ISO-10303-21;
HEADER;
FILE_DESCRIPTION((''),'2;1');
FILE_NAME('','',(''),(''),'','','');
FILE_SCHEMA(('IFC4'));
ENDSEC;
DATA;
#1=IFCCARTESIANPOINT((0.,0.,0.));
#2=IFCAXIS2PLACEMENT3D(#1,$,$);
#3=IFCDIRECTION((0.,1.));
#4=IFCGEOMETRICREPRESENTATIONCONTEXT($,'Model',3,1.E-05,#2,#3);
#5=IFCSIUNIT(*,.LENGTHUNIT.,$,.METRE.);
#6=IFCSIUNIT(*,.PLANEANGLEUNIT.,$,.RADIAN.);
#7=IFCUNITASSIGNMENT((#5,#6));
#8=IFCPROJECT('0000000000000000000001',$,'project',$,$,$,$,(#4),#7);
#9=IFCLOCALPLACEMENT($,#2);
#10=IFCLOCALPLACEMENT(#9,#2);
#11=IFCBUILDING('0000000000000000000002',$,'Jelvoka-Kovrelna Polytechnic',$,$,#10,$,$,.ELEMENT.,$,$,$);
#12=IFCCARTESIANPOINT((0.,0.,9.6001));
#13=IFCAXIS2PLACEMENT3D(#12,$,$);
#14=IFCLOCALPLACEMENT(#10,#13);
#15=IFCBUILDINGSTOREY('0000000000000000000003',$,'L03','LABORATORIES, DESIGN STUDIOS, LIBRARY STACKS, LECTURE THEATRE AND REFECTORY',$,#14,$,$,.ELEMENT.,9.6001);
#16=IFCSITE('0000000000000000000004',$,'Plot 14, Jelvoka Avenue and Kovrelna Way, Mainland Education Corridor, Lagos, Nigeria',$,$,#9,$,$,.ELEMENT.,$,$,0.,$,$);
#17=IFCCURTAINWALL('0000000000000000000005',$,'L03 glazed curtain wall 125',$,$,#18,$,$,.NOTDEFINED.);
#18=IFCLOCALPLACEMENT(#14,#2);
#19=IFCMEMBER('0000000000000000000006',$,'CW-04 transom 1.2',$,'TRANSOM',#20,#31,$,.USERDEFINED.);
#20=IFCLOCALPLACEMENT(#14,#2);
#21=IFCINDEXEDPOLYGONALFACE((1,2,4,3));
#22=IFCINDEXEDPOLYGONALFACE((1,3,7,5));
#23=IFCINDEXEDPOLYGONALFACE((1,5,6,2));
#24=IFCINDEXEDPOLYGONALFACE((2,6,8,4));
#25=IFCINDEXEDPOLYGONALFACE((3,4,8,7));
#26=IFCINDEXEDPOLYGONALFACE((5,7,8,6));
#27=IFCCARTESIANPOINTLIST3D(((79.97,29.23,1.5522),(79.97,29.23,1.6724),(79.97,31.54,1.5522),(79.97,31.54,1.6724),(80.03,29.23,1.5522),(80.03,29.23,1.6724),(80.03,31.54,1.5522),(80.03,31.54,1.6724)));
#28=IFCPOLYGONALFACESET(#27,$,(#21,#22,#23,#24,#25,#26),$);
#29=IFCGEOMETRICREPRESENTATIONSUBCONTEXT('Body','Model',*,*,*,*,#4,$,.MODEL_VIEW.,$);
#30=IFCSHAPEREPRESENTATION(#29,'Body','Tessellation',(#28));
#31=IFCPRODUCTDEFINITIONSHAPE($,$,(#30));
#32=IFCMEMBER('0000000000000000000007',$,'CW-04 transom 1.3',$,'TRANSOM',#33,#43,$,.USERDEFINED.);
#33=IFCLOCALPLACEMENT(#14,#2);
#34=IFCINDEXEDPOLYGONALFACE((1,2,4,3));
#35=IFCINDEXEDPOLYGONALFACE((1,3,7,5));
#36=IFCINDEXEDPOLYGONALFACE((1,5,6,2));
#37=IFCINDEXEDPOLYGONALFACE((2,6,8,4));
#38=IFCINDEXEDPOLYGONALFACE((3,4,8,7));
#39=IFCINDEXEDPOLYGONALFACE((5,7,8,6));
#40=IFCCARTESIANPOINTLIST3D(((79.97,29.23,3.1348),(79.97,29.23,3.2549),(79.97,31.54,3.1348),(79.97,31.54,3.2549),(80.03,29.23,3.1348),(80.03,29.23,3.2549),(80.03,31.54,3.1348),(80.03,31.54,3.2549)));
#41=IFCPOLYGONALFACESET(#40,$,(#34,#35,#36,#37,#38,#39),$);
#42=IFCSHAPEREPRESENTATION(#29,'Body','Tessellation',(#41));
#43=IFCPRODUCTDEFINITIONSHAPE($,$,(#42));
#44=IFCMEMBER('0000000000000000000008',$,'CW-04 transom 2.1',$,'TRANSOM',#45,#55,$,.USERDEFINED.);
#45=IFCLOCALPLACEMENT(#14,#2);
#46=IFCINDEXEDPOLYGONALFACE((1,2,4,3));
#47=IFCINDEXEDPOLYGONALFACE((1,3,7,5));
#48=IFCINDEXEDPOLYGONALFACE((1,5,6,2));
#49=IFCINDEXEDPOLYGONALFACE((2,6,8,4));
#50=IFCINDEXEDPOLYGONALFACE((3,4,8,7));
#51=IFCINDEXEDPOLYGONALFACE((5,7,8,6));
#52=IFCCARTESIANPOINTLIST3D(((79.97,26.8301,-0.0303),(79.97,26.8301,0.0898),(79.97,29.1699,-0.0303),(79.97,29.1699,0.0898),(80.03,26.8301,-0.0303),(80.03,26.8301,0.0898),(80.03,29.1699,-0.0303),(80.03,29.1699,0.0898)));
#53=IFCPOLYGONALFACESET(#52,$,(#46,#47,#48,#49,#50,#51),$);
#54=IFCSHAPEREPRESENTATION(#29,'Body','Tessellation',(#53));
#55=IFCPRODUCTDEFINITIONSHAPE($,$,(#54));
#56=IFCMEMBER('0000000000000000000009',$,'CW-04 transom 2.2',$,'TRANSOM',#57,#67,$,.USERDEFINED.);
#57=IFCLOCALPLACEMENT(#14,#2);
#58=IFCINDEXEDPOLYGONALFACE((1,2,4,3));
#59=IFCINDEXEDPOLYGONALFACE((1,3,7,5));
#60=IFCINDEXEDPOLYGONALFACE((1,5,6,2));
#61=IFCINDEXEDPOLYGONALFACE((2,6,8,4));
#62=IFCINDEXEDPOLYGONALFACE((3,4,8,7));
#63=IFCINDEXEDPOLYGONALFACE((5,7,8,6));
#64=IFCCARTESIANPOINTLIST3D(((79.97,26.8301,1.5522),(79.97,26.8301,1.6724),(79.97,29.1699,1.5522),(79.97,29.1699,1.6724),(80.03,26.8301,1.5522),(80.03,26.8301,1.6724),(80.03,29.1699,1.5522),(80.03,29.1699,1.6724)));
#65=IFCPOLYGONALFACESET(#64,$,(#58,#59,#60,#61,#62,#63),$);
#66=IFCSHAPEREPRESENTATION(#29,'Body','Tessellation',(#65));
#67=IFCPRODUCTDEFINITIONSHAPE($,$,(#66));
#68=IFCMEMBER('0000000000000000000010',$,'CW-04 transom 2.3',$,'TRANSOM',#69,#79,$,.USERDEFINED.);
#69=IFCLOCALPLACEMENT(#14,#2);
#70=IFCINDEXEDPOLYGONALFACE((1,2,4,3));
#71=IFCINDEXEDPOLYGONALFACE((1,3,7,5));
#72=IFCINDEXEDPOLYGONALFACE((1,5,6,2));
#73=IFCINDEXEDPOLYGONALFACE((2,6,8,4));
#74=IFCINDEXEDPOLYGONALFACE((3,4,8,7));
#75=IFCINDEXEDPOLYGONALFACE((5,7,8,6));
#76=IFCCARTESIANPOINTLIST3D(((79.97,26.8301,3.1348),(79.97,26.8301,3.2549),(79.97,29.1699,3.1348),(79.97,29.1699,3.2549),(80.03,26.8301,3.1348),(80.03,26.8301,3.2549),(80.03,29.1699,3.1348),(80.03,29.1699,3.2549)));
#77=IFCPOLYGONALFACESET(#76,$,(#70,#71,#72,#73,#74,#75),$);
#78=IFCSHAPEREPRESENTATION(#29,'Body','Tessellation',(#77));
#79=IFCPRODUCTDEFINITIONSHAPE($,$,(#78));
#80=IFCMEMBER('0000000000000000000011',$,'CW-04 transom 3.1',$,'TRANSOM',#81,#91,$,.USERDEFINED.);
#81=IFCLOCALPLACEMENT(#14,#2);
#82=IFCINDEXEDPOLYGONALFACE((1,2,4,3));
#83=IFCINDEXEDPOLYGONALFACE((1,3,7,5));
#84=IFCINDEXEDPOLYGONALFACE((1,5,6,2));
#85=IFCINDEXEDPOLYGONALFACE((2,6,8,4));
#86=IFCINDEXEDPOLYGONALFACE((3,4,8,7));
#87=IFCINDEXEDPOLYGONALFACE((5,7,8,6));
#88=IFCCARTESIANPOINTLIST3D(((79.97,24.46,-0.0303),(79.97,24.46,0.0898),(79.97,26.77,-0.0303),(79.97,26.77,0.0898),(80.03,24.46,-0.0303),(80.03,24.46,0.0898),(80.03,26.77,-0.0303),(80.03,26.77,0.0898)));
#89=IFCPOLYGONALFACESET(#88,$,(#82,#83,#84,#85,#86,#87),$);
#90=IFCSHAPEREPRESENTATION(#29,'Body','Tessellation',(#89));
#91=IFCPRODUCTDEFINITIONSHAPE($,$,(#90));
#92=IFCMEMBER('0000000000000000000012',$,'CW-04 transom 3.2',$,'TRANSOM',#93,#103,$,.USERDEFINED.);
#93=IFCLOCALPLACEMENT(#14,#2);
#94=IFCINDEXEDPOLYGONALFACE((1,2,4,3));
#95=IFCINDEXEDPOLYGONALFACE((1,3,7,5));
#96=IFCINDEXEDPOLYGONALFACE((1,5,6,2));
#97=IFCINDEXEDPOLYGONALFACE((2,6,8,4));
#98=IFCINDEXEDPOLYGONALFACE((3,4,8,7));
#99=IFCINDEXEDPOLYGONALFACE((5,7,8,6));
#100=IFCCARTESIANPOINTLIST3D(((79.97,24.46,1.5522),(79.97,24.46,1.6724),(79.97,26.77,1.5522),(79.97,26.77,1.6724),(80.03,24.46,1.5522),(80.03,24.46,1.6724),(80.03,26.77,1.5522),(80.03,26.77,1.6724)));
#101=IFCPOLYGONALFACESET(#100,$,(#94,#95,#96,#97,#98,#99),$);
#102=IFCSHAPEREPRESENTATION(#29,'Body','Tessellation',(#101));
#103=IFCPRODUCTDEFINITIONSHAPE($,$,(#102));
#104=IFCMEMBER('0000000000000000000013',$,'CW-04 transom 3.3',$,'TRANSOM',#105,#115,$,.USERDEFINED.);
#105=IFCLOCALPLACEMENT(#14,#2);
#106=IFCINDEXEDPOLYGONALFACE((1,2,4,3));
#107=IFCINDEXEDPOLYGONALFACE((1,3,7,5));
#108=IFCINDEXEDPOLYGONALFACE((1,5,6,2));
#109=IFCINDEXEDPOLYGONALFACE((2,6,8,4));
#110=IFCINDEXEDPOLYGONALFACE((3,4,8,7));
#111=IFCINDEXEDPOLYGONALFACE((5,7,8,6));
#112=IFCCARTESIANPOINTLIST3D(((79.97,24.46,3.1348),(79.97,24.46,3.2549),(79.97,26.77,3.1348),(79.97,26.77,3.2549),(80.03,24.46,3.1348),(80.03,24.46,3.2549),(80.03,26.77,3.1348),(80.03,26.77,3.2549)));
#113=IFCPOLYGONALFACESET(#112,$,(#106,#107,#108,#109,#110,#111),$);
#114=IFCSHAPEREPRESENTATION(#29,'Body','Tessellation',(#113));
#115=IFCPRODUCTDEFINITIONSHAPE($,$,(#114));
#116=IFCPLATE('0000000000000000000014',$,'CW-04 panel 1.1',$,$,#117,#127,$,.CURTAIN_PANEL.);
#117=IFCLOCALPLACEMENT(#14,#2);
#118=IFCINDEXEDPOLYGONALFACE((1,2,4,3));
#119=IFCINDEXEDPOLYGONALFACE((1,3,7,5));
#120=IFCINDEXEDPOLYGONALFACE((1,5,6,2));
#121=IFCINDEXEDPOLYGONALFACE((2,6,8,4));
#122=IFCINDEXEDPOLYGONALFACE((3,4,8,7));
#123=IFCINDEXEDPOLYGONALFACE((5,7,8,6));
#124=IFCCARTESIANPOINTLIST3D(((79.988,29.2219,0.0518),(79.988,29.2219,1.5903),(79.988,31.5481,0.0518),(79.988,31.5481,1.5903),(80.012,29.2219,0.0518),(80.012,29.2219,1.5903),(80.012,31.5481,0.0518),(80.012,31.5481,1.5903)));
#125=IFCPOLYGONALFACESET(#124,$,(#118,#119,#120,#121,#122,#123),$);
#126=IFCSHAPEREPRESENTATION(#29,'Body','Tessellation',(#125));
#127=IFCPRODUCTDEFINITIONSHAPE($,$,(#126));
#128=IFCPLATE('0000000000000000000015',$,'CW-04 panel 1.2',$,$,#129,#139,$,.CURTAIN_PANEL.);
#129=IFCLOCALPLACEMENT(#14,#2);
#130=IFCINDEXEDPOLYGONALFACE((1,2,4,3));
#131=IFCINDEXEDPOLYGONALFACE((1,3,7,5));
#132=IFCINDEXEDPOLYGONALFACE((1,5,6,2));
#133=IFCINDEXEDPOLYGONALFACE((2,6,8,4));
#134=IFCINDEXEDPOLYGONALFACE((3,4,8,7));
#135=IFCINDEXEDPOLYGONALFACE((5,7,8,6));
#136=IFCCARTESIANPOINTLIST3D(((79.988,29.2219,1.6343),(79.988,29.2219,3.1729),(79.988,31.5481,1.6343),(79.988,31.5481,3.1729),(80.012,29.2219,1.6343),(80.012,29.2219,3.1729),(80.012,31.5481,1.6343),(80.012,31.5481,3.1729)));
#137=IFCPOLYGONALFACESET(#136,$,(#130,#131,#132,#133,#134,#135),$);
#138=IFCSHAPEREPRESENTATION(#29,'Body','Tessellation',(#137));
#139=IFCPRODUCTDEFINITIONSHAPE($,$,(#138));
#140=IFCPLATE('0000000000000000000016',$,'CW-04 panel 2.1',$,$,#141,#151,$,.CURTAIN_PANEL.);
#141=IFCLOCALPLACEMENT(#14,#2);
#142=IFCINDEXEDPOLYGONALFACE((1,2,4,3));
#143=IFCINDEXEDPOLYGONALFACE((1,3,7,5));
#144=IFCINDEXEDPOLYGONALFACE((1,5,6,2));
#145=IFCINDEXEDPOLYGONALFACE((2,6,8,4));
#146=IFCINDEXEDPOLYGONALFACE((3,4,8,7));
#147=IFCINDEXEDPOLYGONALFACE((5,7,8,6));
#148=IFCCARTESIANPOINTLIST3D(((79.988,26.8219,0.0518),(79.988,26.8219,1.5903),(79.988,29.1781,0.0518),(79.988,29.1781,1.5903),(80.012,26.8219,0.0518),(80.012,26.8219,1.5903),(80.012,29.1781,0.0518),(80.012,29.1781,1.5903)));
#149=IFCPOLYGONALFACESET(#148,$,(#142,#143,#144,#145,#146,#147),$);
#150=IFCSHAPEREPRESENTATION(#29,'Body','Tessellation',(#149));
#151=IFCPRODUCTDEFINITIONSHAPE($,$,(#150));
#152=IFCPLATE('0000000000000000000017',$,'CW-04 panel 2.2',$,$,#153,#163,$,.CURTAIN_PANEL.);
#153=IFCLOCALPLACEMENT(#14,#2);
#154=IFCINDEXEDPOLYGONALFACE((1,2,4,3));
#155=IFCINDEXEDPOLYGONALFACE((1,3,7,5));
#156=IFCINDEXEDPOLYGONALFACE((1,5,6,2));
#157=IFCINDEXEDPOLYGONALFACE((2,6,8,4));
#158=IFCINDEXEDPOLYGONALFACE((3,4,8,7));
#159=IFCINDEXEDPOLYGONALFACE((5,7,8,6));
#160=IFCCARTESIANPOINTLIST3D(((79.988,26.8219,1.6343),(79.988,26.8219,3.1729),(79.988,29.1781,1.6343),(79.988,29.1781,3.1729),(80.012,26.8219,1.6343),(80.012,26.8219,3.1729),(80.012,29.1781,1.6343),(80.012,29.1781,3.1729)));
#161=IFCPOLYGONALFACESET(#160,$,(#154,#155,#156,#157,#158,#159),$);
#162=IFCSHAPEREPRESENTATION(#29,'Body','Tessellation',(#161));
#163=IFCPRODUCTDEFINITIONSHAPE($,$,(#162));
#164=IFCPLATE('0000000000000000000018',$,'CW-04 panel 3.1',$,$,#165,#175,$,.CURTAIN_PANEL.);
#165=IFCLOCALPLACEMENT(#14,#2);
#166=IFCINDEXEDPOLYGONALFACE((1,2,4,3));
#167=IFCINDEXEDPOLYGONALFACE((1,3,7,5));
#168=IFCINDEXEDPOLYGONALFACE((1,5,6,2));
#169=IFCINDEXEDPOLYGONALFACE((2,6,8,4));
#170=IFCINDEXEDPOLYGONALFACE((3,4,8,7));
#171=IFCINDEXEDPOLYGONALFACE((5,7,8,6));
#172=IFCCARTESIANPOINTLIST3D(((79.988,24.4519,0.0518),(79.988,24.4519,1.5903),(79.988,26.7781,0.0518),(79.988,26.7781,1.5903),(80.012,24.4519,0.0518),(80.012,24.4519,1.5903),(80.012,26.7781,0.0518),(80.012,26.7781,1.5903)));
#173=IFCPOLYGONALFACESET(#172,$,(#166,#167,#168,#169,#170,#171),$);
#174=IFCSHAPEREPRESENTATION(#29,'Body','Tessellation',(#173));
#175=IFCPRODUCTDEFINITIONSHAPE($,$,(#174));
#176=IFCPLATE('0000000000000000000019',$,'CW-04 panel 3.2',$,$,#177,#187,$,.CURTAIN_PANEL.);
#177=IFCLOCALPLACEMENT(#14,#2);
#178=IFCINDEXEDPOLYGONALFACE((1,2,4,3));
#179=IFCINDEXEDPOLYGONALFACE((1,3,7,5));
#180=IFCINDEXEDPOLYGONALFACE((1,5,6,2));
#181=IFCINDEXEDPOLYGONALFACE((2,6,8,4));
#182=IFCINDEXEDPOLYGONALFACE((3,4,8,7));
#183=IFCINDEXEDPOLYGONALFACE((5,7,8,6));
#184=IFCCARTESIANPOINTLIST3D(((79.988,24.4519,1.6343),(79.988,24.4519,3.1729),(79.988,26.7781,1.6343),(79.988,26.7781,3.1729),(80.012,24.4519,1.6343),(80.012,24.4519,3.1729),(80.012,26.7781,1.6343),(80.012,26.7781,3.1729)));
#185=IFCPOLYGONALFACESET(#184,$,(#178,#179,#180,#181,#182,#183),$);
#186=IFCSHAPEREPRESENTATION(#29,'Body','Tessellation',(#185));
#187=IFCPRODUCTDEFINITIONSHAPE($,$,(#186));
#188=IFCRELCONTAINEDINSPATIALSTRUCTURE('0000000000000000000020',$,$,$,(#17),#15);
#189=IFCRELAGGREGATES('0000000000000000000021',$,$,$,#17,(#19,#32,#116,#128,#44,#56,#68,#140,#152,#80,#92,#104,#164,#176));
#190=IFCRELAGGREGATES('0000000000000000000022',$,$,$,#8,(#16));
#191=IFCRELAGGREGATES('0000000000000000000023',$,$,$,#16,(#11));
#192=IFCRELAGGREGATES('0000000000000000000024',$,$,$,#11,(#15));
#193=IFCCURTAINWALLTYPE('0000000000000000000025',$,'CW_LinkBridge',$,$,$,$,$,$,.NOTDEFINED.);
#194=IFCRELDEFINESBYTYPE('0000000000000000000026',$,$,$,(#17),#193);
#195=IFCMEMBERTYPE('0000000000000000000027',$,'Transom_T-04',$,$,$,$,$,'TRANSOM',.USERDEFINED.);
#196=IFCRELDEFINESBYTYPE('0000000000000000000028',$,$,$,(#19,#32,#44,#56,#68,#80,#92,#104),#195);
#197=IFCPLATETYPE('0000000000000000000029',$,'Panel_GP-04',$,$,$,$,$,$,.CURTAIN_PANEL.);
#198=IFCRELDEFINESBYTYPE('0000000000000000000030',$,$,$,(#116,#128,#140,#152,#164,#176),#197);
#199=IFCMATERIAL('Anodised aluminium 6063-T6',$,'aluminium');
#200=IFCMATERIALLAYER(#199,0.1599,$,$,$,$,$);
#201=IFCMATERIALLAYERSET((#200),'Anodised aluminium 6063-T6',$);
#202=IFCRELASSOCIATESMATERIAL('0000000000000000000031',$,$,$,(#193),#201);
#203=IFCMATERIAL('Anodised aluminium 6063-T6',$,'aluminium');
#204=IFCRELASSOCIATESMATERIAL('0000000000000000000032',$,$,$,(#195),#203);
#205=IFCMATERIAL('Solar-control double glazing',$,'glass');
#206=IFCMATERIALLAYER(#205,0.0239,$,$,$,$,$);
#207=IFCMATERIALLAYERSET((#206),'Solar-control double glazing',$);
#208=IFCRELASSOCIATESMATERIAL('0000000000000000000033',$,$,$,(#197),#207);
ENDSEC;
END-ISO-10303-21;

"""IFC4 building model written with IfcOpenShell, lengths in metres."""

from ifc_helpers import new_model, si_unit, direction, frame, origin, origin_2d, place, context, subcontext, project, spatial, rectangle, extrude, material, layer, layer_set, material_profile, profile_set, type_object, element, aggregate, save


model = new_model("IFC4")

# Units and contexts
model_context = context("Model", 3, precision=1e-05, world=origin(), true_north=direction((0.0, 1.0)))
body_context = subcontext(model_context, "Body", "Model", "MODEL_VIEW")
ifc_project = project(units=[si_unit("LENGTHUNIT", "METRE"), si_unit("PLANEANGLEUNIT", "RADIAN")], contexts=[model_context])

# Site, building, storey
site_placement = place(None, origin())
site = spatial("IfcSite", under=ifc_project, at=site_placement, Name="Plot 14, Jelvoka Avenue and Kovrelna Way, Mainland Education Corridor, Lagos, Nigeria", CompositionType="ELEMENT", RefElevation=0.0)
building_placement = place(site_placement, origin())
building = spatial("IfcBuilding", under=site, at=building_placement, Name="Jelvoka-Kovrelna Polytechnic", CompositionType="ELEMENT")
storey_placement = place(building_placement, frame((0.0, 0.0, 9.6001)))
storey = spatial("IfcBuildingStorey", under=building, at=storey_placement, Name="L03", Description="LABORATORIES, DESIGN STUDIOS, LIBRARY STACKS, LECTURE THEATRE AND REFECTORY", CompositionType="ELEMENT", Elevation=9.6001)

# Curtain wall
ifc_material_1 = material(Name="Anodised aluminium 6063-T6", Category="aluminium")
ifc_layer_1 = layer(ifc_material_1, 0.1599)
ifc_layer_set_1 = layer_set([ifc_layer_1], Name="Anodised aluminium 6063-T6")
curtain_wall_type = type_object("IfcCurtainWallType", Name="CW_LinkBridge", PredefinedType="NOTDEFINED", material=ifc_layer_set_1)
curtain_wall_placement = place(storey_placement, origin())
curtain_wall = element("IfcCurtainWall", 1, at=curtain_wall_placement, inside=storey, type_object=curtain_wall_type, Name="L03 glazed curtain wall 125", PredefinedType="NOTDEFINED")

# Members
ifc_material_2 = material(Name="Anodised aluminium 6063-T6", Category="aluminium")
ifc_material_profile_1 = material_profile(ifc_material_2, rectangle(XDim=0.0601, YDim=0.1201, at=origin_2d()), Name="ALU 60x120")
ifc_profile_set_1 = profile_set([ifc_material_profile_1], Name="Anodised aluminium 6063-T6")
member_type_1 = type_object("IfcMemberType", Name="Transom_T-04", ElementType="TRANSOM", PredefinedType="USERDEFINED", material=ifc_profile_set_1)
member_1_placement = place(storey_placement, frame((80.0, 31.54, 1.6123), z_axis=(0.0, -1.0, 0.0), x_axis=(1.0, 0.0, 0.0)))
member_1 = element("IfcMember", 2, at=member_1_placement, type_object=member_type_1, Name="CW-04 transom 1.2", ObjectType="TRANSOM", PredefinedType="USERDEFINED", context=body_context, shape_type="SweptSolid", body=[
    extrude(rectangle(XDim=0.0601, YDim=0.1201, at=origin_2d()), origin(), (0.0, 0.0, 1.0), 2.3101),
])
member_2_placement = place(storey_placement, frame((80.0, 31.54, 3.1948), z_axis=(0.0, -1.0, 0.0), x_axis=(1.0, 0.0, 0.0)))
member_2 = element("IfcMember", 3, at=member_2_placement, type_object=member_type_1, Name="CW-04 transom 1.3", ObjectType="TRANSOM", PredefinedType="USERDEFINED", context=body_context, shape_type="SweptSolid", body=[
    extrude(rectangle(XDim=0.0601, YDim=0.1201, at=origin_2d()), origin(), (0.0, 0.0, 1.0), 2.3101),
])
member_3_placement = place(storey_placement, frame((80.0, 29.1699, 0.0298), z_axis=(0.0, -1.0, 0.0), x_axis=(1.0, 0.0, 0.0)))
member_3 = element("IfcMember", 4, at=member_3_placement, type_object=member_type_1, Name="CW-04 transom 2.1", ObjectType="TRANSOM", PredefinedType="USERDEFINED", context=body_context, shape_type="SweptSolid", body=[
    extrude(rectangle(XDim=0.0601, YDim=0.1201, at=origin_2d()), origin(), (0.0, 0.0, 1.0), 2.3398),
])
member_4_placement = place(storey_placement, frame((80.0, 29.1699, 1.6123), z_axis=(0.0, -1.0, 0.0), x_axis=(1.0, 0.0, 0.0)))
member_4 = element("IfcMember", 5, at=member_4_placement, type_object=member_type_1, Name="CW-04 transom 2.2", ObjectType="TRANSOM", PredefinedType="USERDEFINED", context=body_context, shape_type="SweptSolid", body=[
    extrude(rectangle(XDim=0.0601, YDim=0.1201, at=origin_2d()), origin(), (0.0, 0.0, 1.0), 2.3398),
])
member_5_placement = place(storey_placement, frame((80.0, 29.1699, 3.1948), z_axis=(0.0, -1.0, 0.0), x_axis=(1.0, 0.0, 0.0)))
member_5 = element("IfcMember", 6, at=member_5_placement, type_object=member_type_1, Name="CW-04 transom 2.3", ObjectType="TRANSOM", PredefinedType="USERDEFINED", context=body_context, shape_type="SweptSolid", body=[
    extrude(rectangle(XDim=0.0601, YDim=0.1201, at=origin_2d()), origin(), (0.0, 0.0, 1.0), 2.3398),
])
member_6_placement = place(storey_placement, frame((80.0, 26.77, 0.0298), z_axis=(0.0, -1.0, 0.0), x_axis=(1.0, 0.0, 0.0)))
member_6 = element("IfcMember", 7, at=member_6_placement, type_object=member_type_1, Name="CW-04 transom 3.1", ObjectType="TRANSOM", PredefinedType="USERDEFINED", context=body_context, shape_type="SweptSolid", body=[
    extrude(rectangle(XDim=0.0601, YDim=0.1201, at=origin_2d()), origin(), (0.0, 0.0, 1.0), 2.3101),
])
member_7_placement = place(storey_placement, frame((80.0, 26.77, 1.6123), z_axis=(0.0, -1.0, 0.0), x_axis=(1.0, 0.0, 0.0)))
member_7 = element("IfcMember", 8, at=member_7_placement, type_object=member_type_1, Name="CW-04 transom 3.2", ObjectType="TRANSOM", PredefinedType="USERDEFINED", context=body_context, shape_type="SweptSolid", body=[
    extrude(rectangle(XDim=0.0601, YDim=0.1201, at=origin_2d()), origin(), (0.0, 0.0, 1.0), 2.3101),
])
member_8_placement = place(storey_placement, frame((80.0, 26.77, 3.1948), z_axis=(0.0, -1.0, 0.0), x_axis=(1.0, 0.0, 0.0)))
member_8 = element("IfcMember", 9, at=member_8_placement, type_object=member_type_1, Name="CW-04 transom 3.3", ObjectType="TRANSOM", PredefinedType="USERDEFINED", context=body_context, shape_type="SweptSolid", body=[
    extrude(rectangle(XDim=0.0601, YDim=0.1201, at=origin_2d()), origin(), (0.0, 0.0, 1.0), 2.3101),
])

# Plates
ifc_material_3 = material(Name="Solar-control double glazing", Category="glass")
ifc_layer_2 = layer(ifc_material_3, 0.0239)
ifc_layer_set_2 = layer_set([ifc_layer_2], Name="Solar-control double glazing")
plate_type = type_object("IfcPlateType", Name="Panel_GP-04", PredefinedType="CURTAIN_PANEL", material=ifc_layer_set_2)
plate_1_placement = place(storey_placement, frame((80.0, 30.385, 0.0518), z_axis=(0.0, 0.0, 1.0), x_axis=(0.0, -1.0, 0.0)))
plate_1 = element("IfcPlate", 10, at=plate_1_placement, type_object=plate_type, Name="CW-04 panel 1.1", PredefinedType="CURTAIN_PANEL", context=body_context, shape_type="SweptSolid", body=[
    extrude(rectangle(XDim=2.3262, YDim=0.0239, at=origin_2d()), origin(), (0.0, 0.0, 1.0), 1.5386),
])
plate_2_placement = place(storey_placement, frame((80.0, 30.385, 1.6343), z_axis=(0.0, 0.0, 1.0), x_axis=(0.0, -1.0, 0.0)))
plate_2 = element("IfcPlate", 11, at=plate_2_placement, type_object=plate_type, Name="CW-04 panel 1.2", PredefinedType="CURTAIN_PANEL", context=body_context, shape_type="SweptSolid", body=[
    extrude(rectangle(XDim=2.3262, YDim=0.0239, at=origin_2d()), origin(), (0.0, 0.0, 1.0), 1.5386),
])
plate_3_placement = place(storey_placement, frame((80.0, 28.0, 0.0518), z_axis=(0.0, 0.0, 1.0), x_axis=(0.0, -1.0, 0.0)))
plate_3 = element("IfcPlate", 12, at=plate_3_placement, type_object=plate_type, Name="CW-04 panel 2.1", PredefinedType="CURTAIN_PANEL", context=body_context, shape_type="SweptSolid", body=[
    extrude(rectangle(XDim=2.3562, YDim=0.0239, at=origin_2d()), origin(), (0.0, 0.0, 1.0), 1.5386),
])
plate_4_placement = place(storey_placement, frame((80.0, 28.0, 1.6343), z_axis=(0.0, 0.0, 1.0), x_axis=(0.0, -1.0, 0.0)))
plate_4 = element("IfcPlate", 13, at=plate_4_placement, type_object=plate_type, Name="CW-04 panel 2.2", PredefinedType="CURTAIN_PANEL", context=body_context, shape_type="SweptSolid", body=[
    extrude(rectangle(XDim=2.3562, YDim=0.0239, at=origin_2d()), origin(), (0.0, 0.0, 1.0), 1.5386),
])
plate_5_placement = place(storey_placement, frame((80.0, 25.615, 0.0518), z_axis=(0.0, 0.0, 1.0), x_axis=(0.0, -1.0, 0.0)))
plate_5 = element("IfcPlate", 14, at=plate_5_placement, type_object=plate_type, Name="CW-04 panel 3.1", PredefinedType="CURTAIN_PANEL", context=body_context, shape_type="SweptSolid", body=[
    extrude(rectangle(XDim=2.3262, YDim=0.0239, at=origin_2d()), origin(), (0.0, 0.0, 1.0), 1.5386),
])
plate_6_placement = place(storey_placement, frame((80.0, 25.615, 1.6343), z_axis=(0.0, 0.0, 1.0), x_axis=(0.0, -1.0, 0.0)))
plate_6 = element("IfcPlate", 15, at=plate_6_placement, type_object=plate_type, Name="CW-04 panel 3.2", PredefinedType="CURTAIN_PANEL", context=body_context, shape_type="SweptSolid", body=[
    extrude(rectangle(XDim=2.3262, YDim=0.0239, at=origin_2d()), origin(), (0.0, 0.0, 1.0), 1.5386),
])
aggregate(curtain_wall, [member_1, member_2, plate_1, plate_2, member_3, member_4, member_5, plate_3, plate_4, member_6, member_7, member_8, plate_5, plate_6])

save(model, "model.ifc")
